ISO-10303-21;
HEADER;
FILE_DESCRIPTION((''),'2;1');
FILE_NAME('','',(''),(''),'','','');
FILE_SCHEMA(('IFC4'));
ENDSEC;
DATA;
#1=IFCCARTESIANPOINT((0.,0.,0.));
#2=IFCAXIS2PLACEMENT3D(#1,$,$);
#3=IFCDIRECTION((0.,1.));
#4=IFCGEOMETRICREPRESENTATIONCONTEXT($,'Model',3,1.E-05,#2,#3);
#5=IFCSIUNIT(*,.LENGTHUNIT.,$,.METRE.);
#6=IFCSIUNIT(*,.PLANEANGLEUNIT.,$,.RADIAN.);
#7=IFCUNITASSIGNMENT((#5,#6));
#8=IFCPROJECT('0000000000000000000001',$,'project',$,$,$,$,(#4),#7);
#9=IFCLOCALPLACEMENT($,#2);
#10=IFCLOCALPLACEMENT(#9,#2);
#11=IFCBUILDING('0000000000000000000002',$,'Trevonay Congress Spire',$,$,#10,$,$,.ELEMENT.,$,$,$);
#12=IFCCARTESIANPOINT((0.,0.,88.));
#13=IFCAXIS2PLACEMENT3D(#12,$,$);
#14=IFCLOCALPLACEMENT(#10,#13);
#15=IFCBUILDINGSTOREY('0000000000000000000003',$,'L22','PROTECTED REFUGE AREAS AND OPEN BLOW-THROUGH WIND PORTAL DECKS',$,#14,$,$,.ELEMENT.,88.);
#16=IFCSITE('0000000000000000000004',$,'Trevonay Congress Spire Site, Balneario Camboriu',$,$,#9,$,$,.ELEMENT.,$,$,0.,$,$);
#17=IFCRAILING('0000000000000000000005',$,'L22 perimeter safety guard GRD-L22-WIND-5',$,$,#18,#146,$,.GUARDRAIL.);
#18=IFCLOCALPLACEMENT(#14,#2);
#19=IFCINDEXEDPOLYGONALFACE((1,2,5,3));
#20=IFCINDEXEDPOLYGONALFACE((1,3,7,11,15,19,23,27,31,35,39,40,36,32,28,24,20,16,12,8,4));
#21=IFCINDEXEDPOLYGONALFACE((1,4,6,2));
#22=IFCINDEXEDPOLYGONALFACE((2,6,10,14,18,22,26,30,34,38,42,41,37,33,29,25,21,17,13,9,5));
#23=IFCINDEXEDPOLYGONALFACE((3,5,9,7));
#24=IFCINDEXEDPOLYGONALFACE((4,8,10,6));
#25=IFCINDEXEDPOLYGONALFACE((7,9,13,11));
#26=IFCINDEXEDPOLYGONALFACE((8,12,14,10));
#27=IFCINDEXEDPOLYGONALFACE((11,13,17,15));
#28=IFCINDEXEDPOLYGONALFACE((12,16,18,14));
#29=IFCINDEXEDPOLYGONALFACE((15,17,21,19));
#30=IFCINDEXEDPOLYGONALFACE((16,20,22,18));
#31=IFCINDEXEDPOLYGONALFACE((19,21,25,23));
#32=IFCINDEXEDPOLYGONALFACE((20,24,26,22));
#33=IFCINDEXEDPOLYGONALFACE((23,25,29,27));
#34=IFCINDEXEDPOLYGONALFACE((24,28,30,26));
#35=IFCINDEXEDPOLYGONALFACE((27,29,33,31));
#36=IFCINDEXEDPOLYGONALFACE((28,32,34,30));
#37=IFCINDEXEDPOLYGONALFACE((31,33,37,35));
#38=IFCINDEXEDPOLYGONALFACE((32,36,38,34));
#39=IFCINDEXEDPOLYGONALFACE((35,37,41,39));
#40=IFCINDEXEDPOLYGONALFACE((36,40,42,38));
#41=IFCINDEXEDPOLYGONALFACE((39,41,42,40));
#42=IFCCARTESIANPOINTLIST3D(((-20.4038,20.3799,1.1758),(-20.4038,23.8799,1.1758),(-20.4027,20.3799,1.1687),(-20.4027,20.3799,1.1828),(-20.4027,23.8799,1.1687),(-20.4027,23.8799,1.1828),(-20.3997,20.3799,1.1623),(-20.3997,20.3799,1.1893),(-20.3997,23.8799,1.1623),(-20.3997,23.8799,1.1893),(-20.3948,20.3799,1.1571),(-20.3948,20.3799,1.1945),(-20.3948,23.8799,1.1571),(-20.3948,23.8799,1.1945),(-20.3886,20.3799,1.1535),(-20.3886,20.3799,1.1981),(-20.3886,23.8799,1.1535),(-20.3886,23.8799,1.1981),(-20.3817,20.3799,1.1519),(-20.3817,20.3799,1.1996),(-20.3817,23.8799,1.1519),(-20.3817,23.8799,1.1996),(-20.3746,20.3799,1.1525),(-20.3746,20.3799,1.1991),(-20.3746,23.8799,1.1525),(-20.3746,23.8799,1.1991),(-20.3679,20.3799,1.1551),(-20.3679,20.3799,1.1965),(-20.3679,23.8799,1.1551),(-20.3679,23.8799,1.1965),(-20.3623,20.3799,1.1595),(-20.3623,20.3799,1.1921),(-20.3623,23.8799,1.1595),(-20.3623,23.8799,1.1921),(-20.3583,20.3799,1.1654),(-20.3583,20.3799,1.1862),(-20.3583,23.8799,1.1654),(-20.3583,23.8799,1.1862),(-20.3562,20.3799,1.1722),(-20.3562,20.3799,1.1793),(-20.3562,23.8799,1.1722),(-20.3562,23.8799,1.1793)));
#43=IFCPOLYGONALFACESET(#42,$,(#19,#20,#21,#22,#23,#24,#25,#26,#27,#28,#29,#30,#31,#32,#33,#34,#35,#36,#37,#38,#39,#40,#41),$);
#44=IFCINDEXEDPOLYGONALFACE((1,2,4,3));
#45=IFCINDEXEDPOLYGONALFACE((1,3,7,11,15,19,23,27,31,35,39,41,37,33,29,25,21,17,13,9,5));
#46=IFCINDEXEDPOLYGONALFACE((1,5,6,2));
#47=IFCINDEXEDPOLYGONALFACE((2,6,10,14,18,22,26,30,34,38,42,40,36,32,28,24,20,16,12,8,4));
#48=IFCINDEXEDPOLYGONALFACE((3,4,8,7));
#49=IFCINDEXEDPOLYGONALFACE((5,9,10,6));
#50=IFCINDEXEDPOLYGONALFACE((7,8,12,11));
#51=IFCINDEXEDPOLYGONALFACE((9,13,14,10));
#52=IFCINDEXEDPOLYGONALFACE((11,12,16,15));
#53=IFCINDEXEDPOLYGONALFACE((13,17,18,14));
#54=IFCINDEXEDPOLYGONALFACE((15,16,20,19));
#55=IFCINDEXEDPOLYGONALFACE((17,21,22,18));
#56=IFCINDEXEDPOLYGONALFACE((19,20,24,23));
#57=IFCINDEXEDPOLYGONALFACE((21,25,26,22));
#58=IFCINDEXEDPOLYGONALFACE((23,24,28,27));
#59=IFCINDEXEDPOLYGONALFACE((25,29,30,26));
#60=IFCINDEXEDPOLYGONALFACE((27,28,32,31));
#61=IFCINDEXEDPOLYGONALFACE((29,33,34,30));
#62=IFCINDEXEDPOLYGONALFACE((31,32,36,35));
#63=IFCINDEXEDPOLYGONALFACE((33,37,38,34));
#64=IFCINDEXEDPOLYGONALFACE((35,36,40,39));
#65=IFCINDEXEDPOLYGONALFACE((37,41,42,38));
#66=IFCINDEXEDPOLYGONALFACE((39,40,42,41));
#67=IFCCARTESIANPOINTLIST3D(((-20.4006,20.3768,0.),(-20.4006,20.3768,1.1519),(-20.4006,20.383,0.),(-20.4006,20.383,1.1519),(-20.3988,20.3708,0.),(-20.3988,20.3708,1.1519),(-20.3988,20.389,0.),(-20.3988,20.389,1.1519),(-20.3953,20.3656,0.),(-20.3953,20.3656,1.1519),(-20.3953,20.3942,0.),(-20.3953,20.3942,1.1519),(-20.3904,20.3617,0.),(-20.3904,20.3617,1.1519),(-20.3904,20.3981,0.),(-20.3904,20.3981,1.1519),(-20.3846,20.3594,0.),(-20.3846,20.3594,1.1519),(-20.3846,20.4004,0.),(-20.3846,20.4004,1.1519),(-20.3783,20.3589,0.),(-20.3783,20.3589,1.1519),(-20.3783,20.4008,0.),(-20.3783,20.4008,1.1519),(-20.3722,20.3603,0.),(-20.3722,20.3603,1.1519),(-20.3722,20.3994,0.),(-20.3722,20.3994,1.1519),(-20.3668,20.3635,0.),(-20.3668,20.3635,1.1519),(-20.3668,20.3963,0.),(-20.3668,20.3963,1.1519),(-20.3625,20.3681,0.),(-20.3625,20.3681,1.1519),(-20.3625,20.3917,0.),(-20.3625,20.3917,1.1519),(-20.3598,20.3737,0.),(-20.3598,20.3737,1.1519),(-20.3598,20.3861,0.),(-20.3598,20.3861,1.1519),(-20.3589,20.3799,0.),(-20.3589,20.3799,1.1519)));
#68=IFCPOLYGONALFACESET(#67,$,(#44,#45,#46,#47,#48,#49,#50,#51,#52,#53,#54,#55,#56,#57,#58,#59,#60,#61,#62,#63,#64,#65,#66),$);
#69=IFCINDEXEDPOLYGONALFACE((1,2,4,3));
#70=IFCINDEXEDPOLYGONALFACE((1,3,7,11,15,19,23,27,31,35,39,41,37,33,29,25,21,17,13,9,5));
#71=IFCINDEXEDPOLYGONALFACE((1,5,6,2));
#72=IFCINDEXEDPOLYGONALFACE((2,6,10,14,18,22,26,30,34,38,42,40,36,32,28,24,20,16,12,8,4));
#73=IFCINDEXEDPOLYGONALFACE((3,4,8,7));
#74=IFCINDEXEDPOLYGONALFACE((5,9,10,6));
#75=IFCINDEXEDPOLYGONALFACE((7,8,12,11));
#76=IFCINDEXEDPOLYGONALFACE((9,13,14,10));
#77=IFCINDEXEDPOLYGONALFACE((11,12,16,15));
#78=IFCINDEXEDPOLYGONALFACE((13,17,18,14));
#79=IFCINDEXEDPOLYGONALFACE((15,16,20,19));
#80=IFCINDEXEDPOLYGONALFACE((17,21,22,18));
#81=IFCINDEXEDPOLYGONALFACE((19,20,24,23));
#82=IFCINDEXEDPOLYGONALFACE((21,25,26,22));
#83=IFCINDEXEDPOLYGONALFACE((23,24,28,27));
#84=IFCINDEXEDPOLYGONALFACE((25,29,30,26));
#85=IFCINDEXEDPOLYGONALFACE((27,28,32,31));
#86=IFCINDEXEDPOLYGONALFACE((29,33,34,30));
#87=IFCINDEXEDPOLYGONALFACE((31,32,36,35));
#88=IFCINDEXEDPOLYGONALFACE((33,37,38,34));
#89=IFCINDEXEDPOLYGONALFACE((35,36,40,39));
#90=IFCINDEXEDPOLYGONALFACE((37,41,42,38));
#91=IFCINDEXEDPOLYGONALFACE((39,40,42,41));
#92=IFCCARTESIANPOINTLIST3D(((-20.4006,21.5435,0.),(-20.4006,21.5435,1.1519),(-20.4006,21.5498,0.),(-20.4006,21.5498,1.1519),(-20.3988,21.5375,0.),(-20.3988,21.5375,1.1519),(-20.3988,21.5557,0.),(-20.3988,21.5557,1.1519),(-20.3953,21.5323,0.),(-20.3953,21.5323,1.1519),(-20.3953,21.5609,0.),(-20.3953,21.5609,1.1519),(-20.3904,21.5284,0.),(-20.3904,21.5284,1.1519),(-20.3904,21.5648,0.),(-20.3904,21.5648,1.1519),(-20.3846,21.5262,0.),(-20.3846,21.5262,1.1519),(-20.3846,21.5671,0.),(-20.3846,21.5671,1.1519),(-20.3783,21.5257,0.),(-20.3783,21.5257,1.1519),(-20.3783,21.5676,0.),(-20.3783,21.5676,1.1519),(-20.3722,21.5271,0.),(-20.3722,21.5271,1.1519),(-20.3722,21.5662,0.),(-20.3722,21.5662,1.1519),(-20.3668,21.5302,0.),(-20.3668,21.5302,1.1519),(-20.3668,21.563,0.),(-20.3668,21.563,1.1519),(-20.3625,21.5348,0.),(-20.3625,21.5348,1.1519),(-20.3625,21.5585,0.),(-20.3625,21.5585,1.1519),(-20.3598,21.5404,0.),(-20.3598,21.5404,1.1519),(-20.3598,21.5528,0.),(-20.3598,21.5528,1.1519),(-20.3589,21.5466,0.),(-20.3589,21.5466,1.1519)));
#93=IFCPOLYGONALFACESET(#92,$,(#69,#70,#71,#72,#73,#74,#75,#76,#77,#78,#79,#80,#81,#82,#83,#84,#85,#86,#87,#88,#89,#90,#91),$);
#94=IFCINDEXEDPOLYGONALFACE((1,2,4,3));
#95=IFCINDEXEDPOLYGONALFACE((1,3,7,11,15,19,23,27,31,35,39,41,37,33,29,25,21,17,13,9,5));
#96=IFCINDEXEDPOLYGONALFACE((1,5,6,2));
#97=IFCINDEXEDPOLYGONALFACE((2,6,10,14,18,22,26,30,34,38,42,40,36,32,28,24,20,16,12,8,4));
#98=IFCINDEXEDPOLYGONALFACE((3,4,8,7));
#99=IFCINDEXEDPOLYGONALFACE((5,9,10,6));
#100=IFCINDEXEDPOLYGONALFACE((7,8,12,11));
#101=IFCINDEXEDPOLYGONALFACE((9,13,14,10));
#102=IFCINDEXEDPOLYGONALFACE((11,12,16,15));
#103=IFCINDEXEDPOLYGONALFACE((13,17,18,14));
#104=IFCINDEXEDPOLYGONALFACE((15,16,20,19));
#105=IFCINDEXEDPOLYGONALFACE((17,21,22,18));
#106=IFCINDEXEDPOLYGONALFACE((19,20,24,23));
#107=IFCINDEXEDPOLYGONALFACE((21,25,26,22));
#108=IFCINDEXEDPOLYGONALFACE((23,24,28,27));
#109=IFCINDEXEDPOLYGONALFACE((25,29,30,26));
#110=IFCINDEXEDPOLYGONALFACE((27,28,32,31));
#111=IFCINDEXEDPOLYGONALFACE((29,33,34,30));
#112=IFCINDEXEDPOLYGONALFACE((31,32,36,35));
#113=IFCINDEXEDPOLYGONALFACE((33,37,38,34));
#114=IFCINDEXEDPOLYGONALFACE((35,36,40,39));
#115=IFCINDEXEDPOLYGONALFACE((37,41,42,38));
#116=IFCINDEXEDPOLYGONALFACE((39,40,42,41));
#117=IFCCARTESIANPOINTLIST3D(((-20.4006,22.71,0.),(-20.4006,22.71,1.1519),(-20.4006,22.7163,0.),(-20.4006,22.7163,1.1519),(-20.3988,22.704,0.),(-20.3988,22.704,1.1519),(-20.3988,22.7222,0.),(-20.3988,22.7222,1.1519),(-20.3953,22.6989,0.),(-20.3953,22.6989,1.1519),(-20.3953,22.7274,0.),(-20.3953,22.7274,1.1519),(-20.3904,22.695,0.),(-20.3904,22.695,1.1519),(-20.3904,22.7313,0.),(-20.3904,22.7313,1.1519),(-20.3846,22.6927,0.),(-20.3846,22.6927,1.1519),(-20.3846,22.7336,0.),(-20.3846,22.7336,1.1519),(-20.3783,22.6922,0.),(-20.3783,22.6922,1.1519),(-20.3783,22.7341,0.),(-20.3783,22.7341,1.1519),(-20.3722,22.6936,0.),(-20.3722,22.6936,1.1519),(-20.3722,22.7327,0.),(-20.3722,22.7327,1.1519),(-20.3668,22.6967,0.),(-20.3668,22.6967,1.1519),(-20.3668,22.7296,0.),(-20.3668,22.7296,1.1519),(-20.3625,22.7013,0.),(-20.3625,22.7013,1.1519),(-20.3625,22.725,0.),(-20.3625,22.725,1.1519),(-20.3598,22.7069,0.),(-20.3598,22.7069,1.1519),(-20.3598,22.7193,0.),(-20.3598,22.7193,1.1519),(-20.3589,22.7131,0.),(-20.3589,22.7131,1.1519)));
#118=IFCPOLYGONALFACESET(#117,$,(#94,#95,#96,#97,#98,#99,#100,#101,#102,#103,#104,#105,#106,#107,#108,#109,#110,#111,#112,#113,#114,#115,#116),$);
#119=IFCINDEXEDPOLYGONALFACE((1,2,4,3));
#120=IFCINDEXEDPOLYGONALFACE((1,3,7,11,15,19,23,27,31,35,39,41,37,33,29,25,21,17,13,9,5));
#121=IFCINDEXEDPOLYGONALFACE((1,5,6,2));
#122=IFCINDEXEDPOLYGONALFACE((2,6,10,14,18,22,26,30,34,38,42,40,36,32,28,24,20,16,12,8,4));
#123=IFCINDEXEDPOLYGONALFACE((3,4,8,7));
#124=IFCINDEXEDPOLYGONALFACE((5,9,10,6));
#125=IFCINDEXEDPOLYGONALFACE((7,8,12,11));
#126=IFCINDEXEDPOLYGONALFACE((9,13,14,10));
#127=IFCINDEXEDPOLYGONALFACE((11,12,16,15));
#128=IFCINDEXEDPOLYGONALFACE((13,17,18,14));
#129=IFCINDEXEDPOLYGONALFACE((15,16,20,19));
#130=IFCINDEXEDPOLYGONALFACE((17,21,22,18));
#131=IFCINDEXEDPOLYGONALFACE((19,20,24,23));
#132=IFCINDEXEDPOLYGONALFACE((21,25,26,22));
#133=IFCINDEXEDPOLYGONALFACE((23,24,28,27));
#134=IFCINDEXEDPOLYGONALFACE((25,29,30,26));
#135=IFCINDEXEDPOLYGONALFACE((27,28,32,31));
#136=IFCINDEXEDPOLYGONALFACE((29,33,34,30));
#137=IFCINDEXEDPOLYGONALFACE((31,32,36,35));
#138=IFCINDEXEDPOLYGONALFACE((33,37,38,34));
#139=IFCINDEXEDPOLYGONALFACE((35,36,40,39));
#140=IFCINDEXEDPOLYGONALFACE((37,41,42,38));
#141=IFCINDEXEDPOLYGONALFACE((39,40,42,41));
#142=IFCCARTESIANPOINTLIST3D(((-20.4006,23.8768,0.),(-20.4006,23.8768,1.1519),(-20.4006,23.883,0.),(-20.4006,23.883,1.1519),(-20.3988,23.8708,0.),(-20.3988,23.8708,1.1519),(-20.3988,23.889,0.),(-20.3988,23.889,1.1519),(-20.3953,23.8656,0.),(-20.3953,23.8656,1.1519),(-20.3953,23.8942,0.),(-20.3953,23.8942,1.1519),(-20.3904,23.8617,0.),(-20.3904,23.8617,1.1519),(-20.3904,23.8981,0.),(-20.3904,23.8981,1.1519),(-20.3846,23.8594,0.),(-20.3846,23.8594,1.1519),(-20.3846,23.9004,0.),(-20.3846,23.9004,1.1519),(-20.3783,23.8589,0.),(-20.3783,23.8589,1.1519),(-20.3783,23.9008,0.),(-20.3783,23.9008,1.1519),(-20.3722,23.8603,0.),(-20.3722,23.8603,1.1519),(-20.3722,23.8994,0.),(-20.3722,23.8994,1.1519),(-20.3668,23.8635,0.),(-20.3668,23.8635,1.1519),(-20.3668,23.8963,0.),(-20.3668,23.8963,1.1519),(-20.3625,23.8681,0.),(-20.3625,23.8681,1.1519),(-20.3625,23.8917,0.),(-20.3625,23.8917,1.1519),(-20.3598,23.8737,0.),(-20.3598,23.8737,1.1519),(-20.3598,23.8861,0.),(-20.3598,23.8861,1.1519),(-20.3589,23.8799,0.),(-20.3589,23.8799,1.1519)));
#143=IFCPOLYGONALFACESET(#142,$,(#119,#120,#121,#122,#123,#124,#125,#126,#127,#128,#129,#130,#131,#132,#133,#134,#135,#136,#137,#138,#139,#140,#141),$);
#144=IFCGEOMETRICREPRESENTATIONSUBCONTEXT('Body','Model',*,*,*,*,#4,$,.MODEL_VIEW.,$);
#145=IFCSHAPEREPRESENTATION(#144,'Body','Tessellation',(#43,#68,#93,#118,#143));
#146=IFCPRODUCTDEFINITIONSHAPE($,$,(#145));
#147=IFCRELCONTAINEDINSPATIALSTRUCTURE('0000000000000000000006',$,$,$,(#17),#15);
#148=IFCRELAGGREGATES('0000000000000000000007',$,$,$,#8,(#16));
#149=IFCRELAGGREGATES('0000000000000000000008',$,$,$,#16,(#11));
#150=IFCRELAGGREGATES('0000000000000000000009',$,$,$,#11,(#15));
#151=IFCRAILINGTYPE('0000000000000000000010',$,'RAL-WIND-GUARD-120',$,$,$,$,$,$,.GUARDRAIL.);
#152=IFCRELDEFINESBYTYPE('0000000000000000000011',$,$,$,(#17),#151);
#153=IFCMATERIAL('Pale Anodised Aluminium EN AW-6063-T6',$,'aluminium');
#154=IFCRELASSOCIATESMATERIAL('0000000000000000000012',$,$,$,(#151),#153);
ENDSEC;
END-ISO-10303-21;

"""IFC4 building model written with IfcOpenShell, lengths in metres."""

from ifc_helpers import new_model, si_unit, direction, frame, origin, origin_2d, place, context, subcontext, project, spatial, circle, extrude, material, type_object, element, save


model = new_model("IFC4")

# Units and contexts
model_context = context("Model", 3, precision=1e-05, world=origin(), true_north=direction((0.0, 1.0)))
body_context = subcontext(model_context, "Body", "Model", "MODEL_VIEW")
ifc_project = project(units=[si_unit("LENGTHUNIT", "METRE"), si_unit("PLANEANGLEUNIT", "RADIAN")], contexts=[model_context])

# Site, building, storey
site_placement = place(None, origin())
site = spatial("IfcSite", under=ifc_project, at=site_placement, Name="Trevonay Congress Spire Site, Balneario Camboriu", CompositionType="ELEMENT", RefElevation=0.0)
building_placement = place(site_placement, origin())
building = spatial("IfcBuilding", under=site, at=building_placement, Name="Trevonay Congress Spire", CompositionType="ELEMENT")
storey_placement = place(building_placement, frame((0.0, 0.0, 88.0)))
storey = spatial("IfcBuildingStorey", under=building, at=storey_placement, Name="L22", Description="PROTECTED REFUGE AREAS AND OPEN BLOW-THROUGH WIND PORTAL DECKS", CompositionType="ELEMENT", Elevation=88.0)

# Railing
ifc_material_1 = material(Name="Pale Anodised Aluminium EN AW-6063-T6", Category="aluminium")
railing_type = type_object("IfcRailingType", Name="RAL-WIND-GUARD-120", PredefinedType="GUARDRAIL", material=ifc_material_1)
railing_1_placement = place(storey_placement, frame((-20.3799, 20.3799, 0.0)))
element("IfcRailing", 1, at=railing_1_placement, inside=storey, type_object=railing_type, Name="L22 perimeter safety guard GRD-L22-WIND-5", PredefinedType="GUARDRAIL", context=body_context, shape_type="SweptSolid", body=[
    extrude(circle(Radius=0.0239, at=origin_2d()), frame((0.0, 0.0, 1.1758), z_axis=(0.0, 1.0, 0.0), x_axis=(-1.0, 0.0, 0.0)), (0.0, 0.0, 1.0), 3.5),
    extrude(circle(Radius=0.021, at=origin_2d()), origin(), (0.0, 0.0, 1.0), 1.1519),
    extrude(circle(Radius=0.021, at=origin_2d()), frame((0.0, 1.1667, 0.0)), (0.0, 0.0, 1.0), 1.1519),
    extrude(circle(Radius=0.021, at=origin_2d()), frame((0.0, 2.3333, 0.0)), (0.0, 0.0, 1.0), 1.1519),
    extrude(circle(Radius=0.021, at=origin_2d()), frame((0.0, 3.5, 0.0)), (0.0, 0.0, 1.0), 1.1519),
])

save(model, "model.ifc")
